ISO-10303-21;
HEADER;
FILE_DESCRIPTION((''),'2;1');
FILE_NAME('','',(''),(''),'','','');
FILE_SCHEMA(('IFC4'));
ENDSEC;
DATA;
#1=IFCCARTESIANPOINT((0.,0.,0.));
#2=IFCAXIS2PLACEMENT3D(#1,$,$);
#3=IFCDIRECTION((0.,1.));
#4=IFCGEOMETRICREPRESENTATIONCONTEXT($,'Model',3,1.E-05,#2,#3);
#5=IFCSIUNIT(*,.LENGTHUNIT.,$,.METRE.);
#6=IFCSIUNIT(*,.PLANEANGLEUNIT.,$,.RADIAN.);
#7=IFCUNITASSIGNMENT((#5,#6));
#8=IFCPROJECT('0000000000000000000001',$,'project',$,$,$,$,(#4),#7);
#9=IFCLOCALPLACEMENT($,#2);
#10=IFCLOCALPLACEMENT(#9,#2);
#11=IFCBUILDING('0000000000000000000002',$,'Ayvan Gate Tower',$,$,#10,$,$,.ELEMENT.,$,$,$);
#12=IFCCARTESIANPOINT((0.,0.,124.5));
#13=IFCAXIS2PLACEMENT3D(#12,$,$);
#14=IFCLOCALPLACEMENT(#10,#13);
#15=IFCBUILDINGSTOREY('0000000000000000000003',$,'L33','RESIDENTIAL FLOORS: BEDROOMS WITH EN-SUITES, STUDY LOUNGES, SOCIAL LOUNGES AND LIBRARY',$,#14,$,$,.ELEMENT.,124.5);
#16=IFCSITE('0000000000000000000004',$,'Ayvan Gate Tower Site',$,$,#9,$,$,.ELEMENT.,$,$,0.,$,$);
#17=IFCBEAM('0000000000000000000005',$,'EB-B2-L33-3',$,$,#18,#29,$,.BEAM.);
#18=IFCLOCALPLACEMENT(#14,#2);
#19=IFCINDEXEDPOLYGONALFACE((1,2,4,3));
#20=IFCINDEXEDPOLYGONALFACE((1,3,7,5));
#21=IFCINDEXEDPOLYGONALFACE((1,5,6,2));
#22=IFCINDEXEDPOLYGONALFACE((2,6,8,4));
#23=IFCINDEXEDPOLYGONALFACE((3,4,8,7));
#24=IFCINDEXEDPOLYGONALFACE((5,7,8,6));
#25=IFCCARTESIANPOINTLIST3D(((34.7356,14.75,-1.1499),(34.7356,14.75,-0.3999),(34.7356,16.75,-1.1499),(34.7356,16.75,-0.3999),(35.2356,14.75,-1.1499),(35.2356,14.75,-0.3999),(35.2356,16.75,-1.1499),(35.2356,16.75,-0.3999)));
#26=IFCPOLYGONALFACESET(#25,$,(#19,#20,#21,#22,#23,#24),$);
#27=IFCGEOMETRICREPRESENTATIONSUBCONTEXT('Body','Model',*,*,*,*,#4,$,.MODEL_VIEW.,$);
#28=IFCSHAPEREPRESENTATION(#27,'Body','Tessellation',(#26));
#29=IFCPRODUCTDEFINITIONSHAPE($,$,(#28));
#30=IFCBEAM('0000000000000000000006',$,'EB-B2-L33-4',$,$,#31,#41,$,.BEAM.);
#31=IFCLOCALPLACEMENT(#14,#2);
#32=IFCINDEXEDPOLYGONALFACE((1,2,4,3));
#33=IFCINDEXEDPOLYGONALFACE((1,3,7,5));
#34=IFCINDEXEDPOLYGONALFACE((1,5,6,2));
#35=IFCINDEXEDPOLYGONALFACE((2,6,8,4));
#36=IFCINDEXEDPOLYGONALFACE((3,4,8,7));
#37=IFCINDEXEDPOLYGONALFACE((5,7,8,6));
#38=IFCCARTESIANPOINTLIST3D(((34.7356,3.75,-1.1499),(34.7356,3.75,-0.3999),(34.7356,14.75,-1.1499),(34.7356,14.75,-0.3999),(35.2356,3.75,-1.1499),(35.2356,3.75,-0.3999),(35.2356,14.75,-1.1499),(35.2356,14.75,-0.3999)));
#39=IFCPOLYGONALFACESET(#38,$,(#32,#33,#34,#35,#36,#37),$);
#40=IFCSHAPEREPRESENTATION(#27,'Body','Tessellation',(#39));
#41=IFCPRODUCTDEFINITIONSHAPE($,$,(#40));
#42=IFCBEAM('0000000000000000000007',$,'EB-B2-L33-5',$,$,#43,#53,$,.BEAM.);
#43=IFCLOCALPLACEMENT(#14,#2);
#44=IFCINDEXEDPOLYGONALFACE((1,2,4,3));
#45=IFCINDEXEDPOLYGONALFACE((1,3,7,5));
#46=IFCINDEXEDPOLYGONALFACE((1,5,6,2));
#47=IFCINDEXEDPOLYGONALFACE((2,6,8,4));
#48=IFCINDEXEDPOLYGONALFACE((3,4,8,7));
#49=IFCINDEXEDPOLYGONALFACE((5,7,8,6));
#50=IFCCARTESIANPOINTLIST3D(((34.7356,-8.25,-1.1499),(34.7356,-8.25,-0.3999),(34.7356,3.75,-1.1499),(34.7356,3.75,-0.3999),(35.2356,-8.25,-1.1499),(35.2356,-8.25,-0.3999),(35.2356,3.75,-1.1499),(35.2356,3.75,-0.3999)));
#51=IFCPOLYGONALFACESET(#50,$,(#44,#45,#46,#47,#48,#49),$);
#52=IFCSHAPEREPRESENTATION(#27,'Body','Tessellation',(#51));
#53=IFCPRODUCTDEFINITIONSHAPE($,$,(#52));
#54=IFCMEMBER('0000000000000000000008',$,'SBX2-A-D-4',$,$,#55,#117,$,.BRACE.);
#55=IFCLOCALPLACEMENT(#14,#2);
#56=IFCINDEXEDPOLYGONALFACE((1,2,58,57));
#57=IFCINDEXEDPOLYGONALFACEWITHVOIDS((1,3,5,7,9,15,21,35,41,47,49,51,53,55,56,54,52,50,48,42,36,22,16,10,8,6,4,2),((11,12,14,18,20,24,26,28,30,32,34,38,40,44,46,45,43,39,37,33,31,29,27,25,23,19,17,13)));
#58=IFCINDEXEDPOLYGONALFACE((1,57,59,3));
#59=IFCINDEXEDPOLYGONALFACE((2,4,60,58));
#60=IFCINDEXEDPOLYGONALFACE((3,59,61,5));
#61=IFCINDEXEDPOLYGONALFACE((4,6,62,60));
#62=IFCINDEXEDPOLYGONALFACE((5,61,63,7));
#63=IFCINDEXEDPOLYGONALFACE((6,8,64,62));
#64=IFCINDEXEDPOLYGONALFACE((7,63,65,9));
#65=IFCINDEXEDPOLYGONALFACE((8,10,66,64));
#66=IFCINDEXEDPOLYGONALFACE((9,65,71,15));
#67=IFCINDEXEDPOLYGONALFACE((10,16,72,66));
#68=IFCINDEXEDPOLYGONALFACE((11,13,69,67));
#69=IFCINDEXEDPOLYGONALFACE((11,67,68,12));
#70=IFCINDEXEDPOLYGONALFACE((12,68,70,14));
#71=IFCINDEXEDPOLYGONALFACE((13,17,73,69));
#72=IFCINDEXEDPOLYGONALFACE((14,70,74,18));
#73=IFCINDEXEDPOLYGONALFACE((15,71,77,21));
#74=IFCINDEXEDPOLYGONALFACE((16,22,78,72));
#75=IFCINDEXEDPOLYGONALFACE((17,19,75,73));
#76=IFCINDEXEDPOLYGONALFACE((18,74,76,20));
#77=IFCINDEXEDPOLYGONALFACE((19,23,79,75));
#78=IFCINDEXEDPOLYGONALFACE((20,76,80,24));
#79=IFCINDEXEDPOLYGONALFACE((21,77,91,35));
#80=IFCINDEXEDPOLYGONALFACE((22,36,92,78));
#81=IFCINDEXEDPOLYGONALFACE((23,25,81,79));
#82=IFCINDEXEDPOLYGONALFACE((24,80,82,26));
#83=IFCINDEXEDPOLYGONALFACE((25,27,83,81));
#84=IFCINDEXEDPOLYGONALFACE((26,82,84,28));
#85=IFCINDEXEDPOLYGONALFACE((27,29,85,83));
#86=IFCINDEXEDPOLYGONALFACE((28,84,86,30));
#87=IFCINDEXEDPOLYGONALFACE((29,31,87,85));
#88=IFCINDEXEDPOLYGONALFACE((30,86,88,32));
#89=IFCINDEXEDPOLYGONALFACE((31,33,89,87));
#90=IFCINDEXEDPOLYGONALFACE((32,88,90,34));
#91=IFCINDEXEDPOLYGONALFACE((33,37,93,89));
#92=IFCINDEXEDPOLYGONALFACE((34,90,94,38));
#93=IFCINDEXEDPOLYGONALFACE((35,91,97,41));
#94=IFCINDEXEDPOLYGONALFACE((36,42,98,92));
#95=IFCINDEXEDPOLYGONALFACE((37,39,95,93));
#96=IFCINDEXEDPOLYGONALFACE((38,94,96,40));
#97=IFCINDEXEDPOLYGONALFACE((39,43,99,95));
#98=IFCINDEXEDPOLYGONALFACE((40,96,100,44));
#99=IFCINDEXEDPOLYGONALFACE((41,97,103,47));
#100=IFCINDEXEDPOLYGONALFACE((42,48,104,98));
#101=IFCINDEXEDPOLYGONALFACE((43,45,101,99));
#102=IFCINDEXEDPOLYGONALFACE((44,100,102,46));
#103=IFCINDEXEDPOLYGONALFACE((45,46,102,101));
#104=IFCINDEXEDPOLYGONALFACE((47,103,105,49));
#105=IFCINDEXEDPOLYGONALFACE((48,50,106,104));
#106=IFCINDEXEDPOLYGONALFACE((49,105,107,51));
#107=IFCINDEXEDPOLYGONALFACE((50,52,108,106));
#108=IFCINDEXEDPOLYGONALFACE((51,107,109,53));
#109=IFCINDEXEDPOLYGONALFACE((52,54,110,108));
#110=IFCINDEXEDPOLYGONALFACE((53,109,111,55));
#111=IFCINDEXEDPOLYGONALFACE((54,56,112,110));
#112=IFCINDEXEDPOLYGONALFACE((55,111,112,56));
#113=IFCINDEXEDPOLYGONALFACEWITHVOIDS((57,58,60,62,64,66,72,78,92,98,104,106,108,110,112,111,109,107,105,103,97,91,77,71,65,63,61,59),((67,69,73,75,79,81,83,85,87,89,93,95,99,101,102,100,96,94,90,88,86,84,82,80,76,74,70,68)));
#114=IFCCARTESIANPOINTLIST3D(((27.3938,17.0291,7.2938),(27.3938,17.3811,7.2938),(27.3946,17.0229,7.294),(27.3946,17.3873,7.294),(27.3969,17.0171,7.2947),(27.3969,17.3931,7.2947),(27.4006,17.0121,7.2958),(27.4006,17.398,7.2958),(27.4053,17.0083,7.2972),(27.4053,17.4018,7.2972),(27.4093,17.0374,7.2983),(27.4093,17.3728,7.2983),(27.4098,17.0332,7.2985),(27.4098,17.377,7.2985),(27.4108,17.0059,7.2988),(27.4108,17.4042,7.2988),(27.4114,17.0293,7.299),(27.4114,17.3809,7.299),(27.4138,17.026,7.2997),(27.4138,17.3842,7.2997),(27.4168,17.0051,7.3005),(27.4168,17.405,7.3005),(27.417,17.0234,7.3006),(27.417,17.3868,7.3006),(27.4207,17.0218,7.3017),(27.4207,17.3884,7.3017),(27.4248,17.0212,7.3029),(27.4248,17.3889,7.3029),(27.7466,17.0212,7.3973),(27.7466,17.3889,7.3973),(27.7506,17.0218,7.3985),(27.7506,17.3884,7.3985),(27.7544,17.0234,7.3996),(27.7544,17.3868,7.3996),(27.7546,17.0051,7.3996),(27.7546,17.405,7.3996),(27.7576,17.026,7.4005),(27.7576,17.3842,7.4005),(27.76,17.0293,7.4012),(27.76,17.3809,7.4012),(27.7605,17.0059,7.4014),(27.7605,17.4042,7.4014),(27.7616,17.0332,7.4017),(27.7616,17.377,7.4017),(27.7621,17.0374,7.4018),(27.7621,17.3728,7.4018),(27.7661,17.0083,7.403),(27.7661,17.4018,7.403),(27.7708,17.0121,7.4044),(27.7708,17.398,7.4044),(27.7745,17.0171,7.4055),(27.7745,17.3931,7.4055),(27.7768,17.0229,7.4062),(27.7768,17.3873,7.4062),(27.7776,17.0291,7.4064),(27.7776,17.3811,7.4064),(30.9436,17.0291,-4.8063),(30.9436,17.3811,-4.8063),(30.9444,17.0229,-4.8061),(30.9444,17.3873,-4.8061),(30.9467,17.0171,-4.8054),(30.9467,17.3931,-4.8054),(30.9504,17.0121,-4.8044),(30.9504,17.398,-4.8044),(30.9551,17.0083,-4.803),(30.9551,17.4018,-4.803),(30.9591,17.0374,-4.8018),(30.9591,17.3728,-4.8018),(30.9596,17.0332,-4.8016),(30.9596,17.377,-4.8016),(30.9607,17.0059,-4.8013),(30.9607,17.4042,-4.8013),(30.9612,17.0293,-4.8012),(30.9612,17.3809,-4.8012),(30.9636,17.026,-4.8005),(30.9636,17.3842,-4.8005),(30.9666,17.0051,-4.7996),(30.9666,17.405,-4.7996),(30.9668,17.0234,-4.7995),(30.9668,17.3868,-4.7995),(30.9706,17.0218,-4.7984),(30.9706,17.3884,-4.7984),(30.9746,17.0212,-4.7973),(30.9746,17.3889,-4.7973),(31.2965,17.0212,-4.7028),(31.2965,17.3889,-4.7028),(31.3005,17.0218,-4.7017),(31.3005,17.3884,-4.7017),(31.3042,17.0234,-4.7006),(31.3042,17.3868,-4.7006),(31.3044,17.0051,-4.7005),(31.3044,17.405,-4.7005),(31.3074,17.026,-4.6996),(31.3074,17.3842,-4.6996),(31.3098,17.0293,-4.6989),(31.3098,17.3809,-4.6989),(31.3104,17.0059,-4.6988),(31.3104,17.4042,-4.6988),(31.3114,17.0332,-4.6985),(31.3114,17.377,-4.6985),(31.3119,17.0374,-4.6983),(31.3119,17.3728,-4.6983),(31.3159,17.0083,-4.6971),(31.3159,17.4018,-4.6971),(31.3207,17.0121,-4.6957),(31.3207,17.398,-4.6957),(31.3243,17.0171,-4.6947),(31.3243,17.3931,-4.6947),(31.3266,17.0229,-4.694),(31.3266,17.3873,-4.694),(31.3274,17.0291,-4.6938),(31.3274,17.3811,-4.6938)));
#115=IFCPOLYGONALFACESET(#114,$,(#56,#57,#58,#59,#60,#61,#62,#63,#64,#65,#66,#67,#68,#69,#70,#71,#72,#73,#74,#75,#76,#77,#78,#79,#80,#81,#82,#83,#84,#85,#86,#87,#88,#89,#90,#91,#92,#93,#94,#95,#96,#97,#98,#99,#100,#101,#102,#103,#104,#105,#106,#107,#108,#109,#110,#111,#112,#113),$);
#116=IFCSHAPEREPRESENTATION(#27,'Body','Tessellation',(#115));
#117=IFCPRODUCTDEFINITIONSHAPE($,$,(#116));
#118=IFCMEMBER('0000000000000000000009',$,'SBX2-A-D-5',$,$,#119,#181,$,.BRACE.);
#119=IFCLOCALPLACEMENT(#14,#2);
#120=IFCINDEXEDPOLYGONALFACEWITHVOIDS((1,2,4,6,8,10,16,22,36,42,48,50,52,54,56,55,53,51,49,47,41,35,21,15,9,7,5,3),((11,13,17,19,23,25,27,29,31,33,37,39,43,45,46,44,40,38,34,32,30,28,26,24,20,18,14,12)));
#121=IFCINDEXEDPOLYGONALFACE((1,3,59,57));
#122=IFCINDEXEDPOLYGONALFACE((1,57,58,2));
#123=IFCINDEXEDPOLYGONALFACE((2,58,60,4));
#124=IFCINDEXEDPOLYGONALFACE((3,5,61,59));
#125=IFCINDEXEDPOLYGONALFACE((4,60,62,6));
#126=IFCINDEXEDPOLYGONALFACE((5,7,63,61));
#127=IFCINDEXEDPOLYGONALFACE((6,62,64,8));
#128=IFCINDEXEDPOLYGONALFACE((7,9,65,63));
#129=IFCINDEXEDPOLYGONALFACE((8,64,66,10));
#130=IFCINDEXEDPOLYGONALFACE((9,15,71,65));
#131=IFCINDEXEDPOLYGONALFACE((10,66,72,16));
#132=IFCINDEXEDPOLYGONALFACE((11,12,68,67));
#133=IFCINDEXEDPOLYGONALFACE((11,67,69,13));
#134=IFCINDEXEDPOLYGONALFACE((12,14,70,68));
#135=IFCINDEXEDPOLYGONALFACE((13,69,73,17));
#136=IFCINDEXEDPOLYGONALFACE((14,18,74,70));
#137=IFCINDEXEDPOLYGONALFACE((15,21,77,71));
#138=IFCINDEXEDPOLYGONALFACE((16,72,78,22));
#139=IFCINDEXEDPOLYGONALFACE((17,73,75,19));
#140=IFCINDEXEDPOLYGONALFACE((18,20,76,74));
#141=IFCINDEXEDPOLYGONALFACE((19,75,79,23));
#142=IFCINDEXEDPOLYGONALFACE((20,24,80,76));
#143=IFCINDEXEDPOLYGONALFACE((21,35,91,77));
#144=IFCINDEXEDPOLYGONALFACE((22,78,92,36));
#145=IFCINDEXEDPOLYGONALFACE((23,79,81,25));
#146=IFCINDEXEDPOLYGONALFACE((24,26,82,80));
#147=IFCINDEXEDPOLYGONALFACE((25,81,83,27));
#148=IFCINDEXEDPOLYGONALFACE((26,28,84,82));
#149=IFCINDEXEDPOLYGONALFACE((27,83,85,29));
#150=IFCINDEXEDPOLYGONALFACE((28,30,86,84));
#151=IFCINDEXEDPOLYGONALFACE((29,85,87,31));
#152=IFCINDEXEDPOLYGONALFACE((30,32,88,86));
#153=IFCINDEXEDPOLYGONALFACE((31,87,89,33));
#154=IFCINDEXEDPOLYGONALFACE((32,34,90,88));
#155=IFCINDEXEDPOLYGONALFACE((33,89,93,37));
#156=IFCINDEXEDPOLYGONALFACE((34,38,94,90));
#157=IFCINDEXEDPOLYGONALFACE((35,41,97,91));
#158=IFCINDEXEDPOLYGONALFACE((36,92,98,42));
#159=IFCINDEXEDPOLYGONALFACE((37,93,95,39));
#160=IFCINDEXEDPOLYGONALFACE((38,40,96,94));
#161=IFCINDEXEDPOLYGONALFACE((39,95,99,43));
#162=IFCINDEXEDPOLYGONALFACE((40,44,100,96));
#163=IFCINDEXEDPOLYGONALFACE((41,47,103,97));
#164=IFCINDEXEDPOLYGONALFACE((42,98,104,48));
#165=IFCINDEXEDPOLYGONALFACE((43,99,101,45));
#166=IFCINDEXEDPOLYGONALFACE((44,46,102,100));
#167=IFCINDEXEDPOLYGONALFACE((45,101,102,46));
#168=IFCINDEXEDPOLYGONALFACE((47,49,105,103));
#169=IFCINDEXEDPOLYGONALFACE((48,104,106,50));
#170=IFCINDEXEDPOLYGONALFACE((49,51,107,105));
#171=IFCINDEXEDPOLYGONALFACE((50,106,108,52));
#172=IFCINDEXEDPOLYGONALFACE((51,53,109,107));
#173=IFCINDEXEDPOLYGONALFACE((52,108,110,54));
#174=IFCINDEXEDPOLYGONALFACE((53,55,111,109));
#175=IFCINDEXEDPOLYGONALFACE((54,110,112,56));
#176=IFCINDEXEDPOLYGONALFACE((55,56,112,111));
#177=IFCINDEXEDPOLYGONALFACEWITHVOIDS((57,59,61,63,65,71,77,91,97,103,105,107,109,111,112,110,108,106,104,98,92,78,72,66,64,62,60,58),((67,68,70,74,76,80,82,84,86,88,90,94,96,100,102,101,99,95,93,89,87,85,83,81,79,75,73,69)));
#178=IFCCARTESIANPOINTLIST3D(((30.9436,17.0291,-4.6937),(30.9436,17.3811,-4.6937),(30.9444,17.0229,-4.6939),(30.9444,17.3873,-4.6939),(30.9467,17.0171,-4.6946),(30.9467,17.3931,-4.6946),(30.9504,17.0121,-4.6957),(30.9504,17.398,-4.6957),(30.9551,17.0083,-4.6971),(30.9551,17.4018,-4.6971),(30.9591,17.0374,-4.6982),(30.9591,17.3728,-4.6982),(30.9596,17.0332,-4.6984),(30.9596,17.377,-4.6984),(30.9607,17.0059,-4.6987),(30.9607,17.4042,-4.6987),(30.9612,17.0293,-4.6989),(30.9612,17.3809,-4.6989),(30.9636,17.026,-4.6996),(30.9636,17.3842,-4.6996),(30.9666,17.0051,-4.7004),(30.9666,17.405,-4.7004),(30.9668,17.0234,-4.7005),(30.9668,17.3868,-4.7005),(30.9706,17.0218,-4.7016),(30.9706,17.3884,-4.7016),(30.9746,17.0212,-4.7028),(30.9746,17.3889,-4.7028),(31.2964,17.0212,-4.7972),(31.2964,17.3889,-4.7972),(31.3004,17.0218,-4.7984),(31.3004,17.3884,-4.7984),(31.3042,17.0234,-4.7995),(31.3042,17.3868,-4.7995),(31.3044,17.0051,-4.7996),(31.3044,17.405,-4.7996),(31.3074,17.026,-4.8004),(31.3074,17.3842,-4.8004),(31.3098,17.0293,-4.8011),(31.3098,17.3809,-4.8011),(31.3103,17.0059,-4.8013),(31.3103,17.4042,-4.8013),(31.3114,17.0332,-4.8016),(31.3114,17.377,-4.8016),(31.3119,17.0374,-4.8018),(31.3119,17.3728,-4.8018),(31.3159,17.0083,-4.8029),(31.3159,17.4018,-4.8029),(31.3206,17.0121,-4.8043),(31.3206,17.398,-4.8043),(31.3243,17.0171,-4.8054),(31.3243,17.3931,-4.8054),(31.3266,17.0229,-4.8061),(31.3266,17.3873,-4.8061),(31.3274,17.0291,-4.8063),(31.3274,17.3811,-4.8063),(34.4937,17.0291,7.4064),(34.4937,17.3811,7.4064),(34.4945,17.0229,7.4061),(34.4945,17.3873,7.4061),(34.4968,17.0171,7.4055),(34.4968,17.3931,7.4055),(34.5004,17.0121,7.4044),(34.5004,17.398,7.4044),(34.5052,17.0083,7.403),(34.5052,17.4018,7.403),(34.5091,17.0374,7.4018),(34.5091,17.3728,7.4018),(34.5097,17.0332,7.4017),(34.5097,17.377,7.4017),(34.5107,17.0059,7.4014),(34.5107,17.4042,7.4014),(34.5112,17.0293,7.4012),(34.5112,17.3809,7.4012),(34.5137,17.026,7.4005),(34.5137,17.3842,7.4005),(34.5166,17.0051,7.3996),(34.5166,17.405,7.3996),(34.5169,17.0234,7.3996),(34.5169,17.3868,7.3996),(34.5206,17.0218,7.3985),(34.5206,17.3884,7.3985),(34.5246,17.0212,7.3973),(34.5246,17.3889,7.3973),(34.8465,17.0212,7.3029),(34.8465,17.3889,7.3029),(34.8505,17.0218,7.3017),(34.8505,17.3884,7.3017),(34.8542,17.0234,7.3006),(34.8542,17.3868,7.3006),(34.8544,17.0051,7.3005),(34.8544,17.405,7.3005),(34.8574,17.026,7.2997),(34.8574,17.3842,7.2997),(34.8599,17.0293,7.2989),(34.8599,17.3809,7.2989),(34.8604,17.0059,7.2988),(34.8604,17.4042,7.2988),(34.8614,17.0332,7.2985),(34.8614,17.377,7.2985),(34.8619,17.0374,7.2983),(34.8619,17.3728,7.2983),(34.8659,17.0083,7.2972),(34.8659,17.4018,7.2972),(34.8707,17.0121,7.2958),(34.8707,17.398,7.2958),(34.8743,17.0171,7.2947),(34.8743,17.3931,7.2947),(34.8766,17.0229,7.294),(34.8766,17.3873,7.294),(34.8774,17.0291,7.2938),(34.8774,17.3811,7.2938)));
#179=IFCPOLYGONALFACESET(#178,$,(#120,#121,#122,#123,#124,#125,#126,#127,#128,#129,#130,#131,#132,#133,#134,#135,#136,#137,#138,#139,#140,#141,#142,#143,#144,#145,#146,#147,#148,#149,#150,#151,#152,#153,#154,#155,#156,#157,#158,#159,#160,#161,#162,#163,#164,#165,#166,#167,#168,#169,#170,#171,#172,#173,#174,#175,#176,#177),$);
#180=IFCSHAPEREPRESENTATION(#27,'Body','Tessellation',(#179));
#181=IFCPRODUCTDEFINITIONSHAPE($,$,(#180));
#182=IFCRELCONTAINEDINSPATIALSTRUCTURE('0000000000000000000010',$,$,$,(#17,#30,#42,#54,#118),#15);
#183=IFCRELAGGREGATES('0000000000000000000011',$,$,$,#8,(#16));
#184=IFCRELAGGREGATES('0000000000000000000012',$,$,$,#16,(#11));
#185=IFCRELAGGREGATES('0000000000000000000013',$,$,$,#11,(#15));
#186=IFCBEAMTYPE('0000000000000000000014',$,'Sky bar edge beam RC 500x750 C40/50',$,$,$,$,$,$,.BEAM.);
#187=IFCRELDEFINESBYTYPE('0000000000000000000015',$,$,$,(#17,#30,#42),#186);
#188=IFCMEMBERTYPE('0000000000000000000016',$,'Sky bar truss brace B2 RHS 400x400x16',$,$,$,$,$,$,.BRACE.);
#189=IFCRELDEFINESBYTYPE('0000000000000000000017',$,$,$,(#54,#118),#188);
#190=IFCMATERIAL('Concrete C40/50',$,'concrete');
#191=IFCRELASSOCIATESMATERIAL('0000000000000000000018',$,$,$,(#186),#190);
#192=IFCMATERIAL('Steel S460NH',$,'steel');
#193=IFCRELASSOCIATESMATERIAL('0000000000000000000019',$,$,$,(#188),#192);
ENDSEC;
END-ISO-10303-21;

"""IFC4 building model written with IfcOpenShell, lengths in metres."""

from ifc_helpers import new_model, si_unit, direction, frame, origin, origin_2d, place, context, subcontext, project, spatial, rectangle, hollow_rectangle, extrude, material, material_profile, profile_set, type_object, element, save


model = new_model("IFC4")

# Units and contexts
model_context = context("Model", 3, precision=1e-05, world=origin(), true_north=direction((0.0, 1.0)))
body_context = subcontext(model_context, "Body", "Model", "MODEL_VIEW")
ifc_project = project(units=[si_unit("LENGTHUNIT", "METRE"), si_unit("PLANEANGLEUNIT", "RADIAN")], contexts=[model_context])

# Site, building, storey
site_placement = place(None, origin())
site = spatial("IfcSite", under=ifc_project, at=site_placement, Name="Ayvan Gate Tower Site", CompositionType="ELEMENT", RefElevation=0.0)
building_placement = place(site_placement, origin())
building = spatial("IfcBuilding", under=site, at=building_placement, Name="Ayvan Gate Tower", CompositionType="ELEMENT")
storey_placement = place(building_placement, frame((0.0, 0.0, 124.5)))
storey = spatial("IfcBuildingStorey", under=building, at=storey_placement, Name="L33", Description="RESIDENTIAL FLOORS: BEDROOMS WITH EN-SUITES, STUDY LOUNGES, SOCIAL LOUNGES AND LIBRARY", CompositionType="ELEMENT", Elevation=124.5)

# Beams
ifc_material_1 = material(Name="Concrete C40/50", Category="concrete")
ifc_material_profile_1 = material_profile(ifc_material_1, rectangle(XDim=0.5, YDim=0.75, at=origin_2d()), Name="RC 500x750")
ifc_profile_set_1 = profile_set([ifc_material_profile_1], Name="Concrete C40/50")
beam_type = type_object("IfcBeamType", Name="Sky bar edge beam RC 500x750 C40/50", PredefinedType="BEAM", material=ifc_profile_set_1)
beam_1_placement = place(storey_placement, frame((34.9856, 16.75, -0.7749), z_axis=(0.0, -1.0, 0.0), x_axis=(1.0, 0.0, 0.0)))
element("IfcBeam", 1, at=beam_1_placement, inside=storey, type_object=beam_type, Name="EB-B2-L33-3", PredefinedType="BEAM", context=body_context, shape_type="SweptSolid", body=[
    extrude(rectangle(XDim=0.5, YDim=0.75, at=origin_2d()), origin(), (0.0, 0.0, 1.0), 2.0),
])
beam_2_placement = place(storey_placement, frame((34.9856, 14.75, -0.7749), z_axis=(0.0, -1.0, 0.0), x_axis=(1.0, 0.0, 0.0)))
element("IfcBeam", 2, at=beam_2_placement, inside=storey, type_object=beam_type, Name="EB-B2-L33-4", PredefinedType="BEAM", context=body_context, shape_type="SweptSolid", body=[
    extrude(rectangle(XDim=0.5, YDim=0.75, at=origin_2d()), origin(), (0.0, 0.0, 1.0), 11.0),
])
beam_3_placement = place(storey_placement, frame((34.9856, 3.75, -0.7749), z_axis=(0.0, -1.0, 0.0), x_axis=(1.0, 0.0, 0.0)))
element("IfcBeam", 3, at=beam_3_placement, inside=storey, type_object=beam_type, Name="EB-B2-L33-5", PredefinedType="BEAM", context=body_context, shape_type="SweptSolid", body=[
    extrude(rectangle(XDim=0.5, YDim=0.75, at=origin_2d()), origin(), (0.0, 0.0, 1.0), 12.0),
])

# Members
ifc_material_2 = material(Name="Steel S460NH", Category="steel")
ifc_material_profile_2 = material_profile(ifc_material_2, hollow_rectangle(XDim=0.3999, YDim=0.3999, WallThickness=0.0161, InnerFilletRadius=0.0161, OuterFilletRadius=0.0239, at=origin_2d()), Name="RHS 400x400x16")
ifc_profile_set_2 = profile_set([ifc_material_profile_2], Name="Steel S460NH")
member_type_1 = type_object("IfcMemberType", Name="Sky bar truss brace B2 RHS 400x400x16", PredefinedType="BRACE", material=ifc_profile_set_2)
for number, where, z_axis, x_axis, name in (
    (4, (27.5857, 17.2051, 7.3501), (0.281506, 0.0, -0.959559), (0.0, 1.0, 0.0), "SBX2-A-D-4"),
    (5, (31.1355, 17.2051, -4.75), (0.281524, 0.0, 0.959554), (0.0, 1.0, 0.0), "SBX2-A-D-5"),
):
    element("IfcMember", number, at=place(storey_placement, frame(where, z_axis=z_axis, x_axis=x_axis)), inside=storey, type_object=member_type_1, Name=name, PredefinedType="BRACE", context=body_context, shape_type="SweptSolid", body=[
        extrude(hollow_rectangle(XDim=0.3999, YDim=0.3999, WallThickness=0.0161, InnerFilletRadius=0.0161, OuterFilletRadius=0.0239, at=origin_2d()), origin(), (0.0, 0.0, 1.0), 12.6101),
    ])

save(model, "model.ifc")
